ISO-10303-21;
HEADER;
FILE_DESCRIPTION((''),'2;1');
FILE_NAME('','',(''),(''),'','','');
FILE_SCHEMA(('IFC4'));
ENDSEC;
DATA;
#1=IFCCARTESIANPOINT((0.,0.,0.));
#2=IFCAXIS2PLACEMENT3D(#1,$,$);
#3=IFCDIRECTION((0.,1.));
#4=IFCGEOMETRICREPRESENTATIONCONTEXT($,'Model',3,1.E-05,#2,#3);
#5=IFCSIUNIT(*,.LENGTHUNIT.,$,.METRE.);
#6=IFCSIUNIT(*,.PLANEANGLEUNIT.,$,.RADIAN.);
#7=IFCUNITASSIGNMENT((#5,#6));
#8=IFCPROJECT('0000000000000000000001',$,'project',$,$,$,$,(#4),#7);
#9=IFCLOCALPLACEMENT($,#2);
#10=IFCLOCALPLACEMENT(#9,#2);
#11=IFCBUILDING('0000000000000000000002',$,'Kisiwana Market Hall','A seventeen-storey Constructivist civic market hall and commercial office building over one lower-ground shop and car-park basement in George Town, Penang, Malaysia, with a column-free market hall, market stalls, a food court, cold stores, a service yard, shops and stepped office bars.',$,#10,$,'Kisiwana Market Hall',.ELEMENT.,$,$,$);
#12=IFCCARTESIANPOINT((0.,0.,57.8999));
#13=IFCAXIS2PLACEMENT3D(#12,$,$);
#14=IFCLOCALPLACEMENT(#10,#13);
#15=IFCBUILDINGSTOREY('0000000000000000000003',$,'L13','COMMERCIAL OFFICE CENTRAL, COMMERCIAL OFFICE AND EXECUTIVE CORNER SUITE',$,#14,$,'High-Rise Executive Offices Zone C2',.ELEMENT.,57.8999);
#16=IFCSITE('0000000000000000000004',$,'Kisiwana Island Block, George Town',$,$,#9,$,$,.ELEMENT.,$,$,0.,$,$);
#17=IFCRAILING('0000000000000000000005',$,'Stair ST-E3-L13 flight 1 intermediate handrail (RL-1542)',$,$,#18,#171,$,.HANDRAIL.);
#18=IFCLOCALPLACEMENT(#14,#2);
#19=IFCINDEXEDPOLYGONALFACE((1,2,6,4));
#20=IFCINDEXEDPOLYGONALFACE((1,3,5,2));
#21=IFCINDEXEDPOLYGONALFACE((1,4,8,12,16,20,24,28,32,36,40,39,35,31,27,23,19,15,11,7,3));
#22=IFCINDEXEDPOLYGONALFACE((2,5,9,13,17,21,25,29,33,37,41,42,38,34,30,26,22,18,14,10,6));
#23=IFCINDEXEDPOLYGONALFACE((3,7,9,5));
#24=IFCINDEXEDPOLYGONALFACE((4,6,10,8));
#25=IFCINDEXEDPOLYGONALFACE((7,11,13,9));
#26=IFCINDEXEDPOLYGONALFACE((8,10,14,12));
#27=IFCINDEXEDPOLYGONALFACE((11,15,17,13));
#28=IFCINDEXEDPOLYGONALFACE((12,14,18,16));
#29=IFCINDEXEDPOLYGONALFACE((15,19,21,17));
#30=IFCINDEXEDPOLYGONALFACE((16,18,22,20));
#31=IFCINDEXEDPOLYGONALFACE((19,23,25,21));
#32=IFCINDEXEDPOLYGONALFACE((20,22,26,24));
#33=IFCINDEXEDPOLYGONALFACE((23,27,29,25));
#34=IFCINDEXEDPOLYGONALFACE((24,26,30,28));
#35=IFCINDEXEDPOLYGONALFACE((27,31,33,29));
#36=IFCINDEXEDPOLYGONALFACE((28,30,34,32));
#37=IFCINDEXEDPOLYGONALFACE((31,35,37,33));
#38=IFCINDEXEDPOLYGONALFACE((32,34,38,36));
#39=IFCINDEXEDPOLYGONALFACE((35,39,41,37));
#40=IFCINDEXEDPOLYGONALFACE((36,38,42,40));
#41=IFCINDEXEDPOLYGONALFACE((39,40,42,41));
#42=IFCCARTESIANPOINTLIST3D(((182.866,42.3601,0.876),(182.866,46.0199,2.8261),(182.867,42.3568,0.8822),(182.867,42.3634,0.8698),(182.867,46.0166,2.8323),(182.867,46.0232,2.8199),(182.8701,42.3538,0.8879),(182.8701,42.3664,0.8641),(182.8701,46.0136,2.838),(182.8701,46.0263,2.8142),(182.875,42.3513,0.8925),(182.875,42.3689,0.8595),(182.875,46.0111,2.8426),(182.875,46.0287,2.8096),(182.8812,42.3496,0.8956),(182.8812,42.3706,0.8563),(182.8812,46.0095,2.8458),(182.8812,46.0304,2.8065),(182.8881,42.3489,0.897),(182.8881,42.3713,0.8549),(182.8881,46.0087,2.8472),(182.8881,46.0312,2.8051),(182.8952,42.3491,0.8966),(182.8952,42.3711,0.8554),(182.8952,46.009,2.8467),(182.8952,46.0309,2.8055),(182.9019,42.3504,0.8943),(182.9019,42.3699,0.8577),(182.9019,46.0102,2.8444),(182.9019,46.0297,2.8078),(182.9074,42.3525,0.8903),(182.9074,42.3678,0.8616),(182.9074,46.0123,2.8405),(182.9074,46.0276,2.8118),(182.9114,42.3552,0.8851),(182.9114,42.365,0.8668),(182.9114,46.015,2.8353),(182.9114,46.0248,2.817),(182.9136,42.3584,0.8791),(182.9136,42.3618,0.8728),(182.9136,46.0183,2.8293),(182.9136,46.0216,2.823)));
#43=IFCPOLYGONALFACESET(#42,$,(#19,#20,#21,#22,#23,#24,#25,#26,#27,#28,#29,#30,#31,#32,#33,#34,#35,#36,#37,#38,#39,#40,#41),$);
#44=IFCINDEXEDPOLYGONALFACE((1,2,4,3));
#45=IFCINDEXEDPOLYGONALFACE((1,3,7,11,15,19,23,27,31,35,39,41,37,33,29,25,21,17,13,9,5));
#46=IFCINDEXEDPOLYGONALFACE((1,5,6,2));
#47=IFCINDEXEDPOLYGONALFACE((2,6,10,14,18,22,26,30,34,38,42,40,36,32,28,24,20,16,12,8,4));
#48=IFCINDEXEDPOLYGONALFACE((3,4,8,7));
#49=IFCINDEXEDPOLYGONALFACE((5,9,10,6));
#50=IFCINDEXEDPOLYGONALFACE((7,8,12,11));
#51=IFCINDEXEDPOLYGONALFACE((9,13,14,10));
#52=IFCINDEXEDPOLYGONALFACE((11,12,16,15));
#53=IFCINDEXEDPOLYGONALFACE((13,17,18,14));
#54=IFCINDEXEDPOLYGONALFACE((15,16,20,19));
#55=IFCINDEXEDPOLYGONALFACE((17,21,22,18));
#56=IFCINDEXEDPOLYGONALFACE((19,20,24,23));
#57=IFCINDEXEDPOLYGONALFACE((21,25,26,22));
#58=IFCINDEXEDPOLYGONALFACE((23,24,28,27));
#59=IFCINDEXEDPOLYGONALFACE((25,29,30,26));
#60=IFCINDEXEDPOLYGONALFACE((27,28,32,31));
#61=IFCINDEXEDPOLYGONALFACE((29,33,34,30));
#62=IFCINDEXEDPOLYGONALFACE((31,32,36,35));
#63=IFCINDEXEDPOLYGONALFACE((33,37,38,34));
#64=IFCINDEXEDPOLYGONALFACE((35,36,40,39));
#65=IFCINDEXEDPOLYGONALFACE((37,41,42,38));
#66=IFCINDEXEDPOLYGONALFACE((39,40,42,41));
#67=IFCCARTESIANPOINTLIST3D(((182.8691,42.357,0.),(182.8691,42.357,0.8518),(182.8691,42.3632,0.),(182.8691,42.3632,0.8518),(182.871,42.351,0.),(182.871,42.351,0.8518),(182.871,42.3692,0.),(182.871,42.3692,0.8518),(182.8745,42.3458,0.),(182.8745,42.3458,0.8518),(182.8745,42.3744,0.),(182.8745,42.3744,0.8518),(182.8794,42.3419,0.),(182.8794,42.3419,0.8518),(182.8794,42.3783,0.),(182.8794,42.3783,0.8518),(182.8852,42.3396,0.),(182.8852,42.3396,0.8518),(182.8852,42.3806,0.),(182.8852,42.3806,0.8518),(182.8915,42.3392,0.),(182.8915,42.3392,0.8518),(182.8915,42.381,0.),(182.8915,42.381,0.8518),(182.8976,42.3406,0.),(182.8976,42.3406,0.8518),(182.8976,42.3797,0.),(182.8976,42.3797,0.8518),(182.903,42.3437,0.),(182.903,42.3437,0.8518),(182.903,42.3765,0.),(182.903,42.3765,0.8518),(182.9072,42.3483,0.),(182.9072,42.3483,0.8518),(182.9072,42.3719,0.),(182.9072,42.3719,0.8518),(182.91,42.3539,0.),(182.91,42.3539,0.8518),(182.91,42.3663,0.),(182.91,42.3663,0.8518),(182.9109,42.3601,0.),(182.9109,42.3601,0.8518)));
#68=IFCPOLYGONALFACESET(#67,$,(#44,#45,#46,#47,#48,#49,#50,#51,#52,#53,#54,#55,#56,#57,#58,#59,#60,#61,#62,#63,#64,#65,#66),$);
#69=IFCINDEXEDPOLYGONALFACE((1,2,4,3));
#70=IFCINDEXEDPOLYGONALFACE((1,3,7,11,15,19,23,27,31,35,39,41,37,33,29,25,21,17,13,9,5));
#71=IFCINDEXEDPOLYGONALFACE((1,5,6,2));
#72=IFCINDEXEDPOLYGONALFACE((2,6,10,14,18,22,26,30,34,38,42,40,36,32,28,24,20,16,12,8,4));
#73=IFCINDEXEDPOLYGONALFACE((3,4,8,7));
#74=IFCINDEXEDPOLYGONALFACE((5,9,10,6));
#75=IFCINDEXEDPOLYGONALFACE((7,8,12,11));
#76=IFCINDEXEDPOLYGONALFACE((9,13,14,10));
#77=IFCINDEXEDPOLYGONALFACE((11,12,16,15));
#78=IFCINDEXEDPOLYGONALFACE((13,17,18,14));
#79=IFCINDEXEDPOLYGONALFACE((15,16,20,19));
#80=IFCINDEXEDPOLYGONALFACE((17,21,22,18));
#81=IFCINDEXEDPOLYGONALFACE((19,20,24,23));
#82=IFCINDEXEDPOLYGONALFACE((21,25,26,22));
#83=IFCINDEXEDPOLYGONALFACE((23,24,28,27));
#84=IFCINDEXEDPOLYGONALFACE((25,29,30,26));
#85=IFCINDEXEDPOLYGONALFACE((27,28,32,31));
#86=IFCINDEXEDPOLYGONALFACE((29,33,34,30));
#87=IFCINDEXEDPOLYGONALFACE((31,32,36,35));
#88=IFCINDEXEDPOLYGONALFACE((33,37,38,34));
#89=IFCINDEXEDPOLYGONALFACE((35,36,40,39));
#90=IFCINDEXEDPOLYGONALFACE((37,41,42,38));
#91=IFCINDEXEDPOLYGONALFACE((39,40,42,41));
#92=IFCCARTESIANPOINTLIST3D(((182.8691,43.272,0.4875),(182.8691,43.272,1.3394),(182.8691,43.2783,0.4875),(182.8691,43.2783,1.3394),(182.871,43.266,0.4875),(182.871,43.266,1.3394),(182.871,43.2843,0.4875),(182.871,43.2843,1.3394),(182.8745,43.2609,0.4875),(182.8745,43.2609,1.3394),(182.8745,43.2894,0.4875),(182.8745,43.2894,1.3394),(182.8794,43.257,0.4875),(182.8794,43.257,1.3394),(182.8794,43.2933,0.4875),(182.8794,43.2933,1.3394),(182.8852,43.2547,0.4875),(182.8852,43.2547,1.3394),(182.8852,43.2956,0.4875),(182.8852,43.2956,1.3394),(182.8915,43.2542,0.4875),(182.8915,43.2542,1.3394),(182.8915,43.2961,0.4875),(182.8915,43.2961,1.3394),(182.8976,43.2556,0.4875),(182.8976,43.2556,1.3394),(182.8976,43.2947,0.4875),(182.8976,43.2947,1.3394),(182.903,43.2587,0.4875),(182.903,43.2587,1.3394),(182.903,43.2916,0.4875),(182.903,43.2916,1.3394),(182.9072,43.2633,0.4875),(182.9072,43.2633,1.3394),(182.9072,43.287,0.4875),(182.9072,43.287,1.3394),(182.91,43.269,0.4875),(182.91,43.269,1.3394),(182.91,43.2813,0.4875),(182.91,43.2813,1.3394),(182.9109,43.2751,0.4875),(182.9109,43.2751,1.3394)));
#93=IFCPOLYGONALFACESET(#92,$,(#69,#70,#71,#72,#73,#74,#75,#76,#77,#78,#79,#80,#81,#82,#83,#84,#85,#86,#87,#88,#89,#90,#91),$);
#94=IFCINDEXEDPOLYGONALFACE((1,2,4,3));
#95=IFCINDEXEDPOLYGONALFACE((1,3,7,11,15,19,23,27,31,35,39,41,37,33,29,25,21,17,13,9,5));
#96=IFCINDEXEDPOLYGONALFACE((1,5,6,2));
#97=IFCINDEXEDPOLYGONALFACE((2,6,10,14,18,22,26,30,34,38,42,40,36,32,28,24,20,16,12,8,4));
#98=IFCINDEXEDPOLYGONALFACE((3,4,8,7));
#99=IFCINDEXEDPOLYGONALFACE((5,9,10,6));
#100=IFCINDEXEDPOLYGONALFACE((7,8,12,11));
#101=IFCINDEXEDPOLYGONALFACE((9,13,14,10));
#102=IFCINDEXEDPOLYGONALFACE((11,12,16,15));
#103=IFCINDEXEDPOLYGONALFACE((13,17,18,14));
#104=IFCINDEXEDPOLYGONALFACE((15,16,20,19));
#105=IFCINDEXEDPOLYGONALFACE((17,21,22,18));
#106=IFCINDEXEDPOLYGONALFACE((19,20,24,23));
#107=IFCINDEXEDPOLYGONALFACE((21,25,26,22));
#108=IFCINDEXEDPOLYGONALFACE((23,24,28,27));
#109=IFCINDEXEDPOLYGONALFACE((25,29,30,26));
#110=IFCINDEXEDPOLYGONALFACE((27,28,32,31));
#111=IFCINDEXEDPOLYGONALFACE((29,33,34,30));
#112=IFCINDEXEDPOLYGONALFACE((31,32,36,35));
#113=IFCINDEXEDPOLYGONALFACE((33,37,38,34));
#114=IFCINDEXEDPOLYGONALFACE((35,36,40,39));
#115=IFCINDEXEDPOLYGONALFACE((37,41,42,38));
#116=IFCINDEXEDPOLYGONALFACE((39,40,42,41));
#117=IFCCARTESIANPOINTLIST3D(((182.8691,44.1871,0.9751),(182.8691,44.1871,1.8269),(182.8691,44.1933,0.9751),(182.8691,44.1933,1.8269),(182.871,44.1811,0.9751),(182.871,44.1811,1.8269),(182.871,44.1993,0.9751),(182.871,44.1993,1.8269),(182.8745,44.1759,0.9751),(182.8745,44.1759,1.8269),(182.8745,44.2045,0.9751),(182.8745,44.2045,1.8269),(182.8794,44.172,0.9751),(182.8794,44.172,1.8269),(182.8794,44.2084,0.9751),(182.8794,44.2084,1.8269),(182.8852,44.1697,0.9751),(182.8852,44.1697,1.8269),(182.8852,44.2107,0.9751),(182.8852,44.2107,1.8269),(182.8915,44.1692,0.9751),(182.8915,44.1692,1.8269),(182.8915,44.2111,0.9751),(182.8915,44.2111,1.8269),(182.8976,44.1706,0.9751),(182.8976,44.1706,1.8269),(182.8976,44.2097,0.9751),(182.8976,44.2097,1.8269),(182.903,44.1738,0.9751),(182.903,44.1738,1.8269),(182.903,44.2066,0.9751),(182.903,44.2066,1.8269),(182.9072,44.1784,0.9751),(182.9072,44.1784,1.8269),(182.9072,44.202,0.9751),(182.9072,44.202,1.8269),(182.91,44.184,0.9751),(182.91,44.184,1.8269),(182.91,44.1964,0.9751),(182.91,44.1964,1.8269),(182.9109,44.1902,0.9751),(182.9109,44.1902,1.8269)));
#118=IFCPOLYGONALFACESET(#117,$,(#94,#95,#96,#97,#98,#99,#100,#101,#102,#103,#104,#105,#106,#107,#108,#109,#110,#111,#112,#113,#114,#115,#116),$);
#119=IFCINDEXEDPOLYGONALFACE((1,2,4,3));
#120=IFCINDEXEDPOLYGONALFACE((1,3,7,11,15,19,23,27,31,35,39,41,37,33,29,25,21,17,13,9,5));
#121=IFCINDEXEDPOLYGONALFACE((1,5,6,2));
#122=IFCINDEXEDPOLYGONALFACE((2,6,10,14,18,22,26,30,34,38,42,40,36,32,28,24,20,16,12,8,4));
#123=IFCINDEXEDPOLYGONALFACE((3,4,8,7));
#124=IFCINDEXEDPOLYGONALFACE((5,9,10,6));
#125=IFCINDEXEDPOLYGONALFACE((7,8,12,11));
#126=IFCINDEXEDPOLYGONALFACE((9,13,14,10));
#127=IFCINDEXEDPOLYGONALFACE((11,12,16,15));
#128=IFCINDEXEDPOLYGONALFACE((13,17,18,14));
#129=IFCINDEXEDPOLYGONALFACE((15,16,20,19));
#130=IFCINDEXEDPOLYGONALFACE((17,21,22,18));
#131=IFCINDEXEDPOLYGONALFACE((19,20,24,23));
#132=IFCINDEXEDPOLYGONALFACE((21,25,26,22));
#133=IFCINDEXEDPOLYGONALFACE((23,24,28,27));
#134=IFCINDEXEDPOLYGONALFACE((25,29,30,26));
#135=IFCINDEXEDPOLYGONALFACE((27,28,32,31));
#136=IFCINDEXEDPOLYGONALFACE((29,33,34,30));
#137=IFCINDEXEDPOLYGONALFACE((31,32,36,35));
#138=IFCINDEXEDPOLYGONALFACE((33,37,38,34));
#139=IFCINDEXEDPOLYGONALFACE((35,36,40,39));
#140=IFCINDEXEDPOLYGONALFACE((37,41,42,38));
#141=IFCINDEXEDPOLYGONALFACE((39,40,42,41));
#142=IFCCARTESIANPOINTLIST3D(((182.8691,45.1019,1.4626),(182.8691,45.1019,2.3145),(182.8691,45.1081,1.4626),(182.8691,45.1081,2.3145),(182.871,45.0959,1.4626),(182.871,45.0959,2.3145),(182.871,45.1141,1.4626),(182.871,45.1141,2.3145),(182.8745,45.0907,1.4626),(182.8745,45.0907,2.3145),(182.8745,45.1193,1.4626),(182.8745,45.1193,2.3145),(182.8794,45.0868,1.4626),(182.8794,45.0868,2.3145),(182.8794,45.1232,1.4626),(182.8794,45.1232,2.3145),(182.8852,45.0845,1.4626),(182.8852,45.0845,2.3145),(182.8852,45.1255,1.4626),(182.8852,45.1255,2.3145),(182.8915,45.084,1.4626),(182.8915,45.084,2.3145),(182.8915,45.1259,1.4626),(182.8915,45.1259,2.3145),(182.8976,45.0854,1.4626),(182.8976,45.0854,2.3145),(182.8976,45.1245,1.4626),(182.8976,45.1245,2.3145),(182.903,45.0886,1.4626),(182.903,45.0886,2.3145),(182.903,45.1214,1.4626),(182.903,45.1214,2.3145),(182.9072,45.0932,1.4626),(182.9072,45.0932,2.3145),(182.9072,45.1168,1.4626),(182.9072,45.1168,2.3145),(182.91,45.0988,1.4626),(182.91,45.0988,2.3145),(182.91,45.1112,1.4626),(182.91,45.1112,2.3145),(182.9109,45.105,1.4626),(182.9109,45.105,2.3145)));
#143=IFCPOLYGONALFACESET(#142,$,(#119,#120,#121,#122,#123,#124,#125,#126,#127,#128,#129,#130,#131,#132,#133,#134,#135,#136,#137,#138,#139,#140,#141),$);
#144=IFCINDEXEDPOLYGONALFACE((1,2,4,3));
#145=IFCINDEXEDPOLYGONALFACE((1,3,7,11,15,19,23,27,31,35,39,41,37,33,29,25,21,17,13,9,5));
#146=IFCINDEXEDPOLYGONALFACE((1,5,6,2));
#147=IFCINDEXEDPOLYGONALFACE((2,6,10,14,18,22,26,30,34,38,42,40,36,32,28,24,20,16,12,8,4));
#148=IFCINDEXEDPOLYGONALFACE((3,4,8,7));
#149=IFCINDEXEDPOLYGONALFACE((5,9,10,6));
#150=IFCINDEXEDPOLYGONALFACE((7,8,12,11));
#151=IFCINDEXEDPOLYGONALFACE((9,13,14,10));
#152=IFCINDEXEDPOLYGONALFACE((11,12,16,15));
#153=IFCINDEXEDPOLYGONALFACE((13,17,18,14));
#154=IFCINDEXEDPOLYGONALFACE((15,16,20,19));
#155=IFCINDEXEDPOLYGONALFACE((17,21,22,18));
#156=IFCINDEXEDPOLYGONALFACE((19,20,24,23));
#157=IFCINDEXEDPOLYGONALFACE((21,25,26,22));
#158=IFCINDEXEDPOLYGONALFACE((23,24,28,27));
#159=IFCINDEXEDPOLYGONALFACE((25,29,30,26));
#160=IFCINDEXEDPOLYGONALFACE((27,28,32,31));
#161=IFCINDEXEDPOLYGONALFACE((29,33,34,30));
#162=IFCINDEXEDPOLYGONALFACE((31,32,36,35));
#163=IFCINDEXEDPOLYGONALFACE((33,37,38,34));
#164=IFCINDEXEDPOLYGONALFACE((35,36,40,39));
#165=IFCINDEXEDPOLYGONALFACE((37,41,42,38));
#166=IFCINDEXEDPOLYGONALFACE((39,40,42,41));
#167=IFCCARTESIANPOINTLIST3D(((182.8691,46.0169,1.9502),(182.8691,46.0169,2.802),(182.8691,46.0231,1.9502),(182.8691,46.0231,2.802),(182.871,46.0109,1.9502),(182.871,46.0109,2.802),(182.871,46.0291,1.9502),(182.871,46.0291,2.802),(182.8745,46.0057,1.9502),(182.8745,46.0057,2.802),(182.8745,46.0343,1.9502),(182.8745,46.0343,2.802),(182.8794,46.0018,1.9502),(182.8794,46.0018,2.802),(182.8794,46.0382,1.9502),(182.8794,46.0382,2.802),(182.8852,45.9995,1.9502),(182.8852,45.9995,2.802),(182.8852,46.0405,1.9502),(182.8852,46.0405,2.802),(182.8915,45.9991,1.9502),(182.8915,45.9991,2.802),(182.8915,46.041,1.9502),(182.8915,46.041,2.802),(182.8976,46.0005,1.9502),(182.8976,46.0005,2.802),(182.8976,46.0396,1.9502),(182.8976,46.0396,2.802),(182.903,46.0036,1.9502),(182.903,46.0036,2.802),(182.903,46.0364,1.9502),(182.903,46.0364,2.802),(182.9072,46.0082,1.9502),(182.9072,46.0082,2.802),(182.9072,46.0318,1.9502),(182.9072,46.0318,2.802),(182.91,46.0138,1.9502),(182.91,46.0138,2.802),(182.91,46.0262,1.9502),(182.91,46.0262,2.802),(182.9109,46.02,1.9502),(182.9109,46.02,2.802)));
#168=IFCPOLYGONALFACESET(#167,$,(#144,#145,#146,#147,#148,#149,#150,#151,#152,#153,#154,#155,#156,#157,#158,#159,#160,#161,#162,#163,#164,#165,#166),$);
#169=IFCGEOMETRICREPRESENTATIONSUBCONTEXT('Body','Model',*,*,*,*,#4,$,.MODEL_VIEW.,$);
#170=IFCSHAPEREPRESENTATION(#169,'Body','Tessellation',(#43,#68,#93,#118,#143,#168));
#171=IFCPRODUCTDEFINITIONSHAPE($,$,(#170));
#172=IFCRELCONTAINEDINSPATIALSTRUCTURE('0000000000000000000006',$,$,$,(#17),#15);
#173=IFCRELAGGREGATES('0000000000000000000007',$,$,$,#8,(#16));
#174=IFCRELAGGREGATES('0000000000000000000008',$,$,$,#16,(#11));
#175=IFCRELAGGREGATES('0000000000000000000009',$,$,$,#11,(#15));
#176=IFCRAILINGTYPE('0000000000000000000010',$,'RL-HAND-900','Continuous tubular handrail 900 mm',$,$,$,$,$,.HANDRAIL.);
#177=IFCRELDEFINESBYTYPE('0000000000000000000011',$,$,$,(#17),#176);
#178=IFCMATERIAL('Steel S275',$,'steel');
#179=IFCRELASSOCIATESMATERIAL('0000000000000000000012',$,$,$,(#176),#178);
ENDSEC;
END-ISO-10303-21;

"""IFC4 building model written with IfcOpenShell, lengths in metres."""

from ifc_helpers import new_model, si_unit, direction, frame, origin, origin_2d, place, context, subcontext, project, spatial, circle, extrude, material, type_object, element, save


model = new_model("IFC4")

# Units and contexts
model_context = context("Model", 3, precision=1e-05, world=origin(), true_north=direction((0.0, 1.0)))
body_context = subcontext(model_context, "Body", "Model", "MODEL_VIEW")
ifc_project = project(units=[si_unit("LENGTHUNIT", "METRE"), si_unit("PLANEANGLEUNIT", "RADIAN")], contexts=[model_context])

# Site, building, storey
site_placement = place(None, origin())
site = spatial("IfcSite", under=ifc_project, at=site_placement, Name="Kisiwana Island Block, George Town", CompositionType="ELEMENT", RefElevation=0.0)
building_placement = place(site_placement, origin())
building = spatial("IfcBuilding", under=site, at=building_placement, Name="Kisiwana Market Hall", Description="A seventeen-storey Constructivist civic market hall and commercial office building over one lower-ground shop and car-park basement in George Town, Penang, Malaysia, with a column-free market hall, market stalls, a food court, cold stores, a service yard, shops and stepped office bars.", LongName="Kisiwana Market Hall", CompositionType="ELEMENT")
storey_placement = place(building_placement, frame((0.0, 0.0, 57.8999)))
storey = spatial("IfcBuildingStorey", under=building, at=storey_placement, Name="L13", Description="COMMERCIAL OFFICE CENTRAL, COMMERCIAL OFFICE AND EXECUTIVE CORNER SUITE", LongName="High-Rise Executive Offices Zone C2", CompositionType="ELEMENT", Elevation=57.8999)

# Railing
ifc_material_1 = material(Name="Steel S275", Category="steel")
railing_type_1 = type_object("IfcRailingType", Name="RL-HAND-900", Description="Continuous tubular handrail 900 mm", PredefinedType="HANDRAIL", material=ifc_material_1)
railing_1_placement = place(storey_placement, frame((182.8899, 42.3601, 0.0)))
element("IfcRailing", 1, at=railing_1_placement, inside=storey, type_object=railing_type_1, Name="Stair ST-E3-L13 flight 1 intermediate handrail (RL-1542)", PredefinedType="HANDRAIL", context=body_context, shape_type="SweptSolid", body=[
    extrude(circle(Radius=0.0239, at=origin_2d()), frame((0.0, 0.0, 0.876), z_axis=(0.0, 0.882529, 0.470258), x_axis=(-1.0, 0.0, 0.0)), (0.0, 0.0, 1.0), 4.147),
    extrude(circle(Radius=0.021, at=origin_2d()), origin(), (0.0, 0.0, 1.0), 0.8518),
    extrude(circle(Radius=0.021, at=origin_2d()), frame((0.0, 0.915, 0.4875)), (0.0, 0.0, 1.0), 0.8518),
    extrude(circle(Radius=0.021, at=origin_2d()), frame((0.0, 1.8301, 0.9751)), (0.0, 0.0, 1.0), 0.8518),
    extrude(circle(Radius=0.021, at=origin_2d()), frame((0.0, 2.7449, 1.4626)), (0.0, 0.0, 1.0), 0.8518),
    extrude(circle(Radius=0.021, at=origin_2d()), frame((0.0, 3.6599, 1.9502)), (0.0, 0.0, 1.0), 0.8518),
])

save(model, "model.ifc")
